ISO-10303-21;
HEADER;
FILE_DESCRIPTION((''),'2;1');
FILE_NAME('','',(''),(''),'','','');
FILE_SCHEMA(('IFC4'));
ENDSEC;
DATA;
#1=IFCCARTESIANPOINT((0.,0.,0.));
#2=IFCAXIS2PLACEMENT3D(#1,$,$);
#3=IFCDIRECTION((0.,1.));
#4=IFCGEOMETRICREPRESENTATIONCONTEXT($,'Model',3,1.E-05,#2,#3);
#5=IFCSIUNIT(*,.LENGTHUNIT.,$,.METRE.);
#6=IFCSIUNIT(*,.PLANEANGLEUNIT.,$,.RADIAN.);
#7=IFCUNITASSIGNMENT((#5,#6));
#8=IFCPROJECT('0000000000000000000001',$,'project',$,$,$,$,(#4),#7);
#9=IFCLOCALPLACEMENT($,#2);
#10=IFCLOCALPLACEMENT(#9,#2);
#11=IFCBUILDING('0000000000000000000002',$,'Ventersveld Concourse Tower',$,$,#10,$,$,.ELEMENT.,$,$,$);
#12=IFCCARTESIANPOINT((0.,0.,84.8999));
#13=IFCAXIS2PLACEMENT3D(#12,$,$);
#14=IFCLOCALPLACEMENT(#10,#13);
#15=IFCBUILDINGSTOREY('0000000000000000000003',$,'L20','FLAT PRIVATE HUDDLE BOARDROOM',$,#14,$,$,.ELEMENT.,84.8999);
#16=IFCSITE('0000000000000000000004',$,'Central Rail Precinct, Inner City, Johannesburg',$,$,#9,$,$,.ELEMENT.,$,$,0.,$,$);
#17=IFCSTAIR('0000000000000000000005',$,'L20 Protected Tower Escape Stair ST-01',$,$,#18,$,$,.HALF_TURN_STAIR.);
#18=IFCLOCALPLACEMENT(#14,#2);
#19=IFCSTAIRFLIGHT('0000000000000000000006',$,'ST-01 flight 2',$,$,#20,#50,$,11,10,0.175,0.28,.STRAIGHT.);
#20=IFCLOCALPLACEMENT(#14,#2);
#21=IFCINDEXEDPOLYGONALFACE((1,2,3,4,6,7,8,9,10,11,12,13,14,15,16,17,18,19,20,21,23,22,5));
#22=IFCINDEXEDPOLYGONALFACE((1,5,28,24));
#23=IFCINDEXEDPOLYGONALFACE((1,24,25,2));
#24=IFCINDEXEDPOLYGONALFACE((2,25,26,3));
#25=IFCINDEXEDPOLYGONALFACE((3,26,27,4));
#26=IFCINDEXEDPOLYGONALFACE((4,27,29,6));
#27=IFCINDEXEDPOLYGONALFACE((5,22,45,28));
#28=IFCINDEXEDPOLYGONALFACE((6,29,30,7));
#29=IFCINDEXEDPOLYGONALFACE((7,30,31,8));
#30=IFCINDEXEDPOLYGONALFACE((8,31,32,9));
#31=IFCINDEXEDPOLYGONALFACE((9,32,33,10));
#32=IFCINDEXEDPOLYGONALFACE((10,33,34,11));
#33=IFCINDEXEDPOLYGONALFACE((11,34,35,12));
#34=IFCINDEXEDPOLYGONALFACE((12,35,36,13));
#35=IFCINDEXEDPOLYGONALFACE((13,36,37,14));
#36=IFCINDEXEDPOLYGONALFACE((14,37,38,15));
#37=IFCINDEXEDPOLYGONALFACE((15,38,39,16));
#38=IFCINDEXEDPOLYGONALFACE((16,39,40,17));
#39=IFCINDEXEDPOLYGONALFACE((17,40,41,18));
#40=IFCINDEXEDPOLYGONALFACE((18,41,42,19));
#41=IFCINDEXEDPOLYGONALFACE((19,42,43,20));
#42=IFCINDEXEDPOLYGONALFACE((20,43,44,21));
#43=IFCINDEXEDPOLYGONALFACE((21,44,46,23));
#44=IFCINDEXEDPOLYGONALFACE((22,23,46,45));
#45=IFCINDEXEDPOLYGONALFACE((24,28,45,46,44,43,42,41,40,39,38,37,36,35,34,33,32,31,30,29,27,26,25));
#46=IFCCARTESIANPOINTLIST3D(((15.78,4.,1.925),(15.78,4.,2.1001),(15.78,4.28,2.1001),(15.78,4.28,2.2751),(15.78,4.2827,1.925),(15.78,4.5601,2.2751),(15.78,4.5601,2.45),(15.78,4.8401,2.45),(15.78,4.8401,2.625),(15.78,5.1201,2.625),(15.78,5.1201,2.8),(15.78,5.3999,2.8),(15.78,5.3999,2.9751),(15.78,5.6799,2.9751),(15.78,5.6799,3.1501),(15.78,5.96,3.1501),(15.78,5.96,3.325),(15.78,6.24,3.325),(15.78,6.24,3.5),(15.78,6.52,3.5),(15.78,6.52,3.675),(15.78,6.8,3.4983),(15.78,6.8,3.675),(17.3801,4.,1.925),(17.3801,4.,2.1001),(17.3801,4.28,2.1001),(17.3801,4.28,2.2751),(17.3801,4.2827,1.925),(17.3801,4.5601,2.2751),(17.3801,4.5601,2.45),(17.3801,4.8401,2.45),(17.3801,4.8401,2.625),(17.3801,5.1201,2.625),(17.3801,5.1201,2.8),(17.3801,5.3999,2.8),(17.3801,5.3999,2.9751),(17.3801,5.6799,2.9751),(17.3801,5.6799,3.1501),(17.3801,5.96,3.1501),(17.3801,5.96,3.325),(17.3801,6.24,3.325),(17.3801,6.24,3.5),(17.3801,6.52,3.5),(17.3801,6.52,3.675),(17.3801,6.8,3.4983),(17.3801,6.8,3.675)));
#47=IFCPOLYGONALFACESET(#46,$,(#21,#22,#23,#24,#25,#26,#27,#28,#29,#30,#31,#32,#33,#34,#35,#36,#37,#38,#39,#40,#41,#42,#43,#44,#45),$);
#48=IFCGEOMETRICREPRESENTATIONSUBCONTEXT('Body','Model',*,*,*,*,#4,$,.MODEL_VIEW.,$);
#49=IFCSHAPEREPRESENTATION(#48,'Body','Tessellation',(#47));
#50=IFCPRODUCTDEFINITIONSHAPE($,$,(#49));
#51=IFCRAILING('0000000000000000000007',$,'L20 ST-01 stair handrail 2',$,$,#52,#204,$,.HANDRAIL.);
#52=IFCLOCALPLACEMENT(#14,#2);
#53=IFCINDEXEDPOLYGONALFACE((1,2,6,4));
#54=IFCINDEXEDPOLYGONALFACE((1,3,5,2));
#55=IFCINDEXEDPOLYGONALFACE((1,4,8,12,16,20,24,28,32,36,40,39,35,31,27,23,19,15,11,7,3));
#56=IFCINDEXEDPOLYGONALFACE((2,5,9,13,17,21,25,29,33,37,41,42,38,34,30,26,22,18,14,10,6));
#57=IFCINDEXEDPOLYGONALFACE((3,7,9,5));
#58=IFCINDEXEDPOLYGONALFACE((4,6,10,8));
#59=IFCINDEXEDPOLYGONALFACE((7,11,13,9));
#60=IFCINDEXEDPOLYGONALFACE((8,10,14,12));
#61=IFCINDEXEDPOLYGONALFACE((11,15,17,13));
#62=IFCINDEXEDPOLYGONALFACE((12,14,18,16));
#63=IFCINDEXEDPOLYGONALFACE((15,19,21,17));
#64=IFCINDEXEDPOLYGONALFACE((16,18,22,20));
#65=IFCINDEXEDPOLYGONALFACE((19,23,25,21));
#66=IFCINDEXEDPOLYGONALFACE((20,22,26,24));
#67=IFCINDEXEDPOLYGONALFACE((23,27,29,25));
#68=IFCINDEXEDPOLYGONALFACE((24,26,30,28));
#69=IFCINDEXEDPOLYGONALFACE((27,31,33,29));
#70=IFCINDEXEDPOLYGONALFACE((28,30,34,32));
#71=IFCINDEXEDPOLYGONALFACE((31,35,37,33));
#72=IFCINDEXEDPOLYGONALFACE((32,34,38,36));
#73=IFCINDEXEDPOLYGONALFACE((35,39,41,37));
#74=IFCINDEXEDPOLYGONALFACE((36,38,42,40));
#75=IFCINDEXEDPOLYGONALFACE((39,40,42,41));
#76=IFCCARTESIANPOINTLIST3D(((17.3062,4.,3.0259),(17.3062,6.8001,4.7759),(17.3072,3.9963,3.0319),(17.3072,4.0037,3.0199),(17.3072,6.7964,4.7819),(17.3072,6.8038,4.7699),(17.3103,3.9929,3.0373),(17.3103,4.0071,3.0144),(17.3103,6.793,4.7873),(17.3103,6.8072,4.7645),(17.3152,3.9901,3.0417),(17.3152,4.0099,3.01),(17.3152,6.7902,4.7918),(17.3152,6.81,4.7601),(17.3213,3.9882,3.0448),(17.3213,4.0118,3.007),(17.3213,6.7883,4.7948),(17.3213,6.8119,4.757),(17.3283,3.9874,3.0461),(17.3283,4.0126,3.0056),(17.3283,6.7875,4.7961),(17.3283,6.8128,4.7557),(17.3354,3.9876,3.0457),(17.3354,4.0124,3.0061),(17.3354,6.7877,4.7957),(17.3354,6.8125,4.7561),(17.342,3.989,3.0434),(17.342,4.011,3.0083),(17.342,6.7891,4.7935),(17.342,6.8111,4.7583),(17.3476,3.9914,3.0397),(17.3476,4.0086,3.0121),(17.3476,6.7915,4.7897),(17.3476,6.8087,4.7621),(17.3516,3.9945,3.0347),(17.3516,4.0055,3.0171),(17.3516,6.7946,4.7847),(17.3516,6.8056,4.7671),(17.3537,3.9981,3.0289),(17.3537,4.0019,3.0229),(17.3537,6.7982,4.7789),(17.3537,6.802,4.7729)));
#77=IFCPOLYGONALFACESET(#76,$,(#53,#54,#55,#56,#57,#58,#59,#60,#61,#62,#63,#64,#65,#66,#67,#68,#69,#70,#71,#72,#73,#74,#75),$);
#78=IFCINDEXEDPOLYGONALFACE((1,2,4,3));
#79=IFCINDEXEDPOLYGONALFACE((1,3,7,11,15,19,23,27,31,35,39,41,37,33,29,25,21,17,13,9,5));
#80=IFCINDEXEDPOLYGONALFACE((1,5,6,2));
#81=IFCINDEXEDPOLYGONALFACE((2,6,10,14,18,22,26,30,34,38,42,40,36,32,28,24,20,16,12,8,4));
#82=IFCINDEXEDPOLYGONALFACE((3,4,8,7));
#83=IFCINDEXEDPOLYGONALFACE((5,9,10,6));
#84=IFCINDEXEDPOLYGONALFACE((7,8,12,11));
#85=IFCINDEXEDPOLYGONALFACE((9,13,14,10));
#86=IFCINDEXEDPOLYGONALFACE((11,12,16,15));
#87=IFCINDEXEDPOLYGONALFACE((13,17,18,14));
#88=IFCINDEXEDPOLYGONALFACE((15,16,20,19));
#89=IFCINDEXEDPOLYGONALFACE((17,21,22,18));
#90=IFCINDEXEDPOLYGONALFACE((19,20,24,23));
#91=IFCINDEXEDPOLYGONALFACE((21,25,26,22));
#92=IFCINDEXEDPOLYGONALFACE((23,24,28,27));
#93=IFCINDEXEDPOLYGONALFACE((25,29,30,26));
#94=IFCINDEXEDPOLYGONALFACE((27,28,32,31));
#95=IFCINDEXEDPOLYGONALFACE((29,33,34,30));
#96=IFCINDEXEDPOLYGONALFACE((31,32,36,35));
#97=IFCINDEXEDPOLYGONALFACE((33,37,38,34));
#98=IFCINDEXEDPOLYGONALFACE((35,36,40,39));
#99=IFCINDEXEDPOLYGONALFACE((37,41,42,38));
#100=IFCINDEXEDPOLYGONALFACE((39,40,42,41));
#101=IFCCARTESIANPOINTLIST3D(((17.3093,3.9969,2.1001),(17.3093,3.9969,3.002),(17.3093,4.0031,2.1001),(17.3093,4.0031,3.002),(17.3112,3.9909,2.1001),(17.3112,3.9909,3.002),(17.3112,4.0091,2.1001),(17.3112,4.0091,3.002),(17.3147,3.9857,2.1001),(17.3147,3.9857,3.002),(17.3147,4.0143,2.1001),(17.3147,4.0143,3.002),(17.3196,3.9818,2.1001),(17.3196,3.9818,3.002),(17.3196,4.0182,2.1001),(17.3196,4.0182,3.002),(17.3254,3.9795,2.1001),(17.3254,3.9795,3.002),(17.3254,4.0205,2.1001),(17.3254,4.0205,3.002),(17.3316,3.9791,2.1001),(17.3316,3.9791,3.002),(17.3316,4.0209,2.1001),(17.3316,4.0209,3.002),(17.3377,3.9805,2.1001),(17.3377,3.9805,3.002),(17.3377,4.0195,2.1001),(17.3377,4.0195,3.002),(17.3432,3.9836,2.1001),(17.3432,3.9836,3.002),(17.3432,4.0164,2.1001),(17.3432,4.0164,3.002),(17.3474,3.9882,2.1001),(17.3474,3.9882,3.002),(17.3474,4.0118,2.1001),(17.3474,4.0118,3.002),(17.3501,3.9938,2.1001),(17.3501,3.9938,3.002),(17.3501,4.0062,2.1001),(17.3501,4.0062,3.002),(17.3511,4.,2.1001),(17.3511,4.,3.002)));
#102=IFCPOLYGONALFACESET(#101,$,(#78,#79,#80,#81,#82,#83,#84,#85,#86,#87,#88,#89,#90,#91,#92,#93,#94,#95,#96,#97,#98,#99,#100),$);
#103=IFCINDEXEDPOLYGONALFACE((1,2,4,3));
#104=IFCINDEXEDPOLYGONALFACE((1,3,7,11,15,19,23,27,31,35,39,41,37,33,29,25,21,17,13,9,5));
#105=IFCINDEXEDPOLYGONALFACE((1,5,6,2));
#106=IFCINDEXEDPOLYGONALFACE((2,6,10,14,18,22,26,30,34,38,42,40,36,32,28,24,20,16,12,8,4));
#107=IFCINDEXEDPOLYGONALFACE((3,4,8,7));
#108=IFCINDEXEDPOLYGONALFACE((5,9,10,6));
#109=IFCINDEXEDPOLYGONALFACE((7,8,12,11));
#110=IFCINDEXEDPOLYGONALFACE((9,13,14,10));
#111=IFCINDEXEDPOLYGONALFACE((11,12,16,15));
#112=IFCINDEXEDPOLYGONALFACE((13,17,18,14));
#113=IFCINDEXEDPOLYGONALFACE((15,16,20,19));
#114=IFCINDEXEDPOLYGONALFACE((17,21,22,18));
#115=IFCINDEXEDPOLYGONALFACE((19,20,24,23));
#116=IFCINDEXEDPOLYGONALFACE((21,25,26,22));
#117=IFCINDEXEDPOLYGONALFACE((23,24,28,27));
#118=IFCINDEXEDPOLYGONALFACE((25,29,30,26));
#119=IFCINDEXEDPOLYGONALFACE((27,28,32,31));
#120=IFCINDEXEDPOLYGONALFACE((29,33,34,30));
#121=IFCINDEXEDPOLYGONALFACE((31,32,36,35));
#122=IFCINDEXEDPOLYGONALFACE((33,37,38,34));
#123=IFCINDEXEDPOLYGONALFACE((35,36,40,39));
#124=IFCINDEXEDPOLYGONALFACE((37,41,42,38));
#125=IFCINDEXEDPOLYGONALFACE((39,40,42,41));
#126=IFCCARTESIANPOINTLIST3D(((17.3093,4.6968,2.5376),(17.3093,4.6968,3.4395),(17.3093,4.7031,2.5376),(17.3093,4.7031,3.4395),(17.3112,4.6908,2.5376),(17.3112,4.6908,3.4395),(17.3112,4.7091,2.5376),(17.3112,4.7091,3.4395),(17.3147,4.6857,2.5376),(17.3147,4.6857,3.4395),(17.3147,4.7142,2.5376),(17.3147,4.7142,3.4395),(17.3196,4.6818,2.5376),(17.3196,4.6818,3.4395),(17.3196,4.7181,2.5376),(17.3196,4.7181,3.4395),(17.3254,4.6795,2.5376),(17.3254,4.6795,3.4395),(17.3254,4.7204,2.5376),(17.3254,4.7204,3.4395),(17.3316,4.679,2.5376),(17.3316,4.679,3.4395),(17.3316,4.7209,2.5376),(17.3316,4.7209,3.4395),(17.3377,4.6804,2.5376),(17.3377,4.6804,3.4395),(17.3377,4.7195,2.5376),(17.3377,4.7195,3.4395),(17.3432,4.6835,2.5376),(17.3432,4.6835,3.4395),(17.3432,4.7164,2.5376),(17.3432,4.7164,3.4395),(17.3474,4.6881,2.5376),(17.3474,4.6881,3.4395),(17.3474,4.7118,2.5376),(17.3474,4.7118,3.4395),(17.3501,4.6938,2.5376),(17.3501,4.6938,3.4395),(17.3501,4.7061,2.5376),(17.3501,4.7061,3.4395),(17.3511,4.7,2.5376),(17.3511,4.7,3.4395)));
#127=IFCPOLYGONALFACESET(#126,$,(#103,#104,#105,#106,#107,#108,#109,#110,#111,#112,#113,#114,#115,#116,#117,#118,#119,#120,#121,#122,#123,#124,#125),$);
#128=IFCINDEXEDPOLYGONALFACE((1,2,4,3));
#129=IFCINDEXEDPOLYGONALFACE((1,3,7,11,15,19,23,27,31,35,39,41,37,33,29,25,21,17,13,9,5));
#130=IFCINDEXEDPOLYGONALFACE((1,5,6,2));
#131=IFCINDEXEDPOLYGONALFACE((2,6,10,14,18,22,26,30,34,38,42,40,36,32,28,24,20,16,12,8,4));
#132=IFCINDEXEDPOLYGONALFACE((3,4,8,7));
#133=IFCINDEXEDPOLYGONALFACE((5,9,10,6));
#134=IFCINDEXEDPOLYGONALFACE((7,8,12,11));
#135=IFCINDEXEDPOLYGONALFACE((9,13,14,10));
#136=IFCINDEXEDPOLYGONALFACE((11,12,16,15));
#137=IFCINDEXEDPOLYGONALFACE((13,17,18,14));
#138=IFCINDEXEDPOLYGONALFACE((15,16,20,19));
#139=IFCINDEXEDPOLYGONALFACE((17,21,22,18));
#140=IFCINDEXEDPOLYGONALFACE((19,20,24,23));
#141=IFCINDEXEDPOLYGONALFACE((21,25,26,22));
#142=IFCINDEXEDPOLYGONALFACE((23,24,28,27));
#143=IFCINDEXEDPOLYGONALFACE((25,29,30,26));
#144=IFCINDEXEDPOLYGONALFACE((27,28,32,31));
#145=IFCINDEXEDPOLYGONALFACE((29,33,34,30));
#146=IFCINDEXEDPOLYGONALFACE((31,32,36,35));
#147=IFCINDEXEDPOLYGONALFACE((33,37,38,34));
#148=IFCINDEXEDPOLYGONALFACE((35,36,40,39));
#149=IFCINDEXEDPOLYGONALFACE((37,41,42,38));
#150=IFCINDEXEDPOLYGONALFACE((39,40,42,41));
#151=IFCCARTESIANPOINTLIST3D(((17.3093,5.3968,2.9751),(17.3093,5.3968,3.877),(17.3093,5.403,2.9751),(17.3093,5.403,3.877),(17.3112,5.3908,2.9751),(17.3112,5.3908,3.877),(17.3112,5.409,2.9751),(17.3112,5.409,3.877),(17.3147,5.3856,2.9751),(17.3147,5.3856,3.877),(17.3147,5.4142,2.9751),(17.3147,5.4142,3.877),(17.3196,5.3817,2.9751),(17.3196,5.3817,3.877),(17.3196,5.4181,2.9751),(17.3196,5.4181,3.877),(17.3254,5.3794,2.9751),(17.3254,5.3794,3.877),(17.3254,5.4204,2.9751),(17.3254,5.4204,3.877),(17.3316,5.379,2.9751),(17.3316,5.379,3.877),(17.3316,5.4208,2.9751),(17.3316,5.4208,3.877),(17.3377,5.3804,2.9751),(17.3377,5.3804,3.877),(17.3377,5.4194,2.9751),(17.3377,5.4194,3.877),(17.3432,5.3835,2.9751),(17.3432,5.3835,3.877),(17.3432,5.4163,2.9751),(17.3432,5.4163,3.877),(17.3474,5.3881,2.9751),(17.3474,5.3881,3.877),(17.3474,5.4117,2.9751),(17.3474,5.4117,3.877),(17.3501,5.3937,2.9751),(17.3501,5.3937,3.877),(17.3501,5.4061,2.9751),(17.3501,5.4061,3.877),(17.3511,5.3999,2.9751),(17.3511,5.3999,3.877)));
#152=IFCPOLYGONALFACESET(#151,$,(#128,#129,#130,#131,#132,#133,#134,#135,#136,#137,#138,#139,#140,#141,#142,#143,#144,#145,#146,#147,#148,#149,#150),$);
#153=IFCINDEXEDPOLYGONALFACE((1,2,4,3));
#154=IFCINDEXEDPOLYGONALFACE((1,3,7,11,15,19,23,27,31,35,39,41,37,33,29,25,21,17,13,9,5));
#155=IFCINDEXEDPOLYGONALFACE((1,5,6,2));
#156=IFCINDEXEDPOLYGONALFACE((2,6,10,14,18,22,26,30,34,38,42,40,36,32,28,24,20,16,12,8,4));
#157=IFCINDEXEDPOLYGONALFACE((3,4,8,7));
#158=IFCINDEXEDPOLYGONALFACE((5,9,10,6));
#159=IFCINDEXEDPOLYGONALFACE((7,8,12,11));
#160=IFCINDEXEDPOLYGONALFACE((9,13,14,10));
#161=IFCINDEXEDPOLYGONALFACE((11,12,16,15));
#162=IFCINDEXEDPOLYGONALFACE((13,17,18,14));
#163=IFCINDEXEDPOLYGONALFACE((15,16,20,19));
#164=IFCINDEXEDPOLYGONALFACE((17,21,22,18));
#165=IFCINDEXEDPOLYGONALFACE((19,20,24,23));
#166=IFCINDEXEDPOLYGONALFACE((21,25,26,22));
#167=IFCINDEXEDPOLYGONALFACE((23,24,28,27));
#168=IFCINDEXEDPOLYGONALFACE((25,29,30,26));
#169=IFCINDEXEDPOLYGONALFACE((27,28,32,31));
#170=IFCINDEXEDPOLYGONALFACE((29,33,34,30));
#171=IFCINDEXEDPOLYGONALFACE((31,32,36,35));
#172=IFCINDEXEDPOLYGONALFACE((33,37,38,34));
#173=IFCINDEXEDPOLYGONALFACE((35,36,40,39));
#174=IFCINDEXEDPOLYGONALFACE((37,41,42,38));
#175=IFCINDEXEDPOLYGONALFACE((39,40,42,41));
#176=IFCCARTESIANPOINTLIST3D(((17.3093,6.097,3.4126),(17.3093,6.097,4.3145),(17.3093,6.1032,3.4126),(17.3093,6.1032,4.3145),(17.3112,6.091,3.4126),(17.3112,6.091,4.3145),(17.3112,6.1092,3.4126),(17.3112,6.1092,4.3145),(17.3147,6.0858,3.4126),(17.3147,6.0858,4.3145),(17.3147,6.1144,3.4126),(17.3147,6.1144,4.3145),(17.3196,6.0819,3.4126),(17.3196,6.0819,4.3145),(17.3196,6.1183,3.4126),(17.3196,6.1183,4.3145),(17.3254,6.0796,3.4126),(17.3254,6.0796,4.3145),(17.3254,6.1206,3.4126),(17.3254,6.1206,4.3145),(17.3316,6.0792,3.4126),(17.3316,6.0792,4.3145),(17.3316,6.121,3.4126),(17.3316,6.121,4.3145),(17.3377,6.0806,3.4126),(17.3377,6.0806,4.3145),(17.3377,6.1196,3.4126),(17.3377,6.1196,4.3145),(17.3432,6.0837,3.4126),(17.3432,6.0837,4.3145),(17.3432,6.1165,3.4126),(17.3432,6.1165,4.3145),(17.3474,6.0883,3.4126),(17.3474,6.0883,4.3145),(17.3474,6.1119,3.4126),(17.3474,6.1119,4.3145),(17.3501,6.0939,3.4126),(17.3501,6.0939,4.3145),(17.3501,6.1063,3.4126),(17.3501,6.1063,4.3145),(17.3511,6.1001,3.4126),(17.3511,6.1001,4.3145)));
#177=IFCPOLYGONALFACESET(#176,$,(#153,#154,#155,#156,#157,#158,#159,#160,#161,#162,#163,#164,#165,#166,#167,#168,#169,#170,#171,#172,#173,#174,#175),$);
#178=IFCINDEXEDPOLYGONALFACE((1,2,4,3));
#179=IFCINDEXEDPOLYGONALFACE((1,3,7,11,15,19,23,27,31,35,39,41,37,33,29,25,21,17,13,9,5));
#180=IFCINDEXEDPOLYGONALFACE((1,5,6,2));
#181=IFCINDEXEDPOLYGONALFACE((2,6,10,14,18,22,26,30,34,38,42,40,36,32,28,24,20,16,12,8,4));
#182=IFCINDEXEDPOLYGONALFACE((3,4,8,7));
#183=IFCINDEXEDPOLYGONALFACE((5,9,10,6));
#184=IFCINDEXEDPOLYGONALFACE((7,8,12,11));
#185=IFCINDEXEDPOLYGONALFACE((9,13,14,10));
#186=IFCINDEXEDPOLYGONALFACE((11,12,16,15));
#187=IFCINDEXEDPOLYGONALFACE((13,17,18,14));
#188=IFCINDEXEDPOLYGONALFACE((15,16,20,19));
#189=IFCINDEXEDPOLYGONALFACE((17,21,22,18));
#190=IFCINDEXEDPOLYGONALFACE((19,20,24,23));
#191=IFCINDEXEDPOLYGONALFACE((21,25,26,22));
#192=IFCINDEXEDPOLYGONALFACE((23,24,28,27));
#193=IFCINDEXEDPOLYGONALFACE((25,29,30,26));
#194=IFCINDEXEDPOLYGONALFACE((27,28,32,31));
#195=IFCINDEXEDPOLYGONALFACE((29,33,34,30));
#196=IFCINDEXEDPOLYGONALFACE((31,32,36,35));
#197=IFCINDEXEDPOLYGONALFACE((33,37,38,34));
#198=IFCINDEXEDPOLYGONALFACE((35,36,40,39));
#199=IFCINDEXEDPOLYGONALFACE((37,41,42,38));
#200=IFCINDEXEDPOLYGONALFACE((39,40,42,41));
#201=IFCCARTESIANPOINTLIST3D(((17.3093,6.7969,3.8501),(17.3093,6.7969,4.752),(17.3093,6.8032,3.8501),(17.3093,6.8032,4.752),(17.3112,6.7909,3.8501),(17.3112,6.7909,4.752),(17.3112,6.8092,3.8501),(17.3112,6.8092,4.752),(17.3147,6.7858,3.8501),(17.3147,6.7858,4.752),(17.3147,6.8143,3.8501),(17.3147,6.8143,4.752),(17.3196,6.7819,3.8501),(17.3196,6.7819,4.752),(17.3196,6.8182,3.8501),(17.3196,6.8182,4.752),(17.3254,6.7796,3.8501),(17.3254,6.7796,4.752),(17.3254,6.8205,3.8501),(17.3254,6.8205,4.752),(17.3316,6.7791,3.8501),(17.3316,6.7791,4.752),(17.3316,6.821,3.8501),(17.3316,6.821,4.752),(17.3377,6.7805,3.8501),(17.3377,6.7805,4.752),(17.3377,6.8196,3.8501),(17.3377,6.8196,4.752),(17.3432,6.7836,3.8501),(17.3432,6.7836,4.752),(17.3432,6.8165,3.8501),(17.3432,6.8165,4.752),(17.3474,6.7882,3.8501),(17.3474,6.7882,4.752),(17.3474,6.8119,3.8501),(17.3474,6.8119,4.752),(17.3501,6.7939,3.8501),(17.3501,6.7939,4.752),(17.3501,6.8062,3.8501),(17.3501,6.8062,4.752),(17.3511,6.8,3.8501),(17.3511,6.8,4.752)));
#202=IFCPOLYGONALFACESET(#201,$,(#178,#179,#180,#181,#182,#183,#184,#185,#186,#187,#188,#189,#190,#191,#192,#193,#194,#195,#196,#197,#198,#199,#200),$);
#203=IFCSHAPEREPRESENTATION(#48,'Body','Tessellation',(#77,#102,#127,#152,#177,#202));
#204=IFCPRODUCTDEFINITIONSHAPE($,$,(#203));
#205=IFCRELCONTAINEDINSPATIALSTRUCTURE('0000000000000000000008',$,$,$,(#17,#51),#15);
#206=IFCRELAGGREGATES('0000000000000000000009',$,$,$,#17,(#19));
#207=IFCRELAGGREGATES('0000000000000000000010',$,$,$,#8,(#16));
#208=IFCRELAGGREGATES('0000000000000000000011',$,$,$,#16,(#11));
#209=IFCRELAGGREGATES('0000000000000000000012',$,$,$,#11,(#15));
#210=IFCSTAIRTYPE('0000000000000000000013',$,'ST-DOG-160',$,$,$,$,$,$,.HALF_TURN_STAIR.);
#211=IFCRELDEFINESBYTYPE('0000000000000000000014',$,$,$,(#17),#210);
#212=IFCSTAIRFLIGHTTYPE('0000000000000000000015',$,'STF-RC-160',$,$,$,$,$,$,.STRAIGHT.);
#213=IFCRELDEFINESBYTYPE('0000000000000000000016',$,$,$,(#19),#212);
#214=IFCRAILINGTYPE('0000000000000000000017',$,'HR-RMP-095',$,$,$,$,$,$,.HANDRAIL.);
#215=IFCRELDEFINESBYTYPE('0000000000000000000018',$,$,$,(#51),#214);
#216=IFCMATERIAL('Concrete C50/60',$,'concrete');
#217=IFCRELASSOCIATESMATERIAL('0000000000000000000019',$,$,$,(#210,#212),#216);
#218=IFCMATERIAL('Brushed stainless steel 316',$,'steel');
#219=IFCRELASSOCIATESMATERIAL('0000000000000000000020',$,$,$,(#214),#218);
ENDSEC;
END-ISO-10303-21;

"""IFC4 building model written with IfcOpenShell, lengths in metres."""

from ifc_helpers import new_model, si_unit, direction, frame, origin, origin_2d, place, context, subcontext, project, spatial, polyline, circle, outline, extrude, material, type_object, element, aggregate, save


model = new_model("IFC4")

# Units and contexts
model_context = context("Model", 3, precision=1e-05, world=origin(), true_north=direction((0.0, 1.0)))
body_context = subcontext(model_context, "Body", "Model", "MODEL_VIEW")
ifc_project = project(units=[si_unit("LENGTHUNIT", "METRE"), si_unit("PLANEANGLEUNIT", "RADIAN")], contexts=[model_context])

# Site, building, storey
site_placement = place(None, origin())
site = spatial("IfcSite", under=ifc_project, at=site_placement, Name="Central Rail Precinct, Inner City, Johannesburg", CompositionType="ELEMENT", RefElevation=0.0)
building_placement = place(site_placement, origin())
building = spatial("IfcBuilding", under=site, at=building_placement, Name="Ventersveld Concourse Tower", CompositionType="ELEMENT")
storey_placement = place(building_placement, frame((0.0, 0.0, 84.8999)))
storey = spatial("IfcBuildingStorey", under=building, at=storey_placement, Name="L20", Description="FLAT PRIVATE HUDDLE BOARDROOM", CompositionType="ELEMENT", Elevation=84.8999)

# Shared definitions
ifc_material_1 = material(Name="Concrete C50/60", Category="concrete")

# Shared definitions
ifc_material_2 = material(Name="Brushed stainless steel 316", Category="steel")

# Stair, stair flight
stair_type = type_object("IfcStairType", Name="ST-DOG-160", PredefinedType="HALF_TURN_STAIR", material=ifc_material_1)
stair_placement = place(storey_placement, origin())
stair = element("IfcStair", 1, at=stair_placement, inside=storey, type_object=stair_type, Name="L20 Protected Tower Escape Stair ST-01", PredefinedType="HALF_TURN_STAIR")
stair_flight_type = type_object("IfcStairFlightType", Name="STF-RC-160", PredefinedType="STRAIGHT", material=ifc_material_1)
stair_flight_placement = place(storey_placement, frame((16.5801, 4.0, 1.925), z_axis=(0.0, 0.0, 1.0), x_axis=(0.0, 1.0, 0.0)))
stair_flight = element("IfcStairFlight", 2, at=stair_flight_placement, type_object=stair_flight_type, Name="ST-01 flight 2", NumberOfRisers=11, NumberOfTreads=10, PredefinedType="STRAIGHT", RiserHeight=0.175, TreadLength=0.28, context=body_context, shape_type="SweptSolid", body=[
    extrude(outline(polyline([(0.0, 0.0), (0.0, 0.175), (0.28, 0.175), (0.28, 0.3501), (0.5601, 0.3501), (0.5601, 0.5249), (0.8401, 0.5249), (0.8401, 0.7), (1.1201, 0.7), (1.1201, 0.875), (1.3999, 0.875), (1.3999, 1.05), (1.6799, 1.05), (1.6799, 1.2251), (1.96, 1.2251), (1.96, 1.3999), (2.24, 1.3999), (2.24, 1.575), (2.52, 1.575), (2.52, 1.75), (2.8, 1.75), (2.8, 1.925), (2.8, 1.5732), (0.2827, 0.0), (0.0, 0.0)])), frame((0.0, 0.8, 0.0), z_axis=(0.0, -1.0, 0.0), x_axis=(1.0, 0.0, 0.0)), (0.0, 0.0, 1.0), 1.6001),
])
aggregate(stair, [stair_flight])

# Railing
railing_type = type_object("IfcRailingType", Name="HR-RMP-095", PredefinedType="HANDRAIL", material=ifc_material_2)
railing_placement = place(storey_placement, frame((17.3301, 4.0, 2.1001)))
element("IfcRailing", 3, at=railing_placement, inside=storey, type_object=railing_type, Name="L20 ST-01 stair handrail 2", PredefinedType="HANDRAIL", context=body_context, shape_type="SweptSolid", body=[
    extrude(circle(Radius=0.0239, at=origin_2d()), frame((0.0, 0.0, 0.9258), z_axis=(0.0, 0.848002, 0.529992), x_axis=(-1.0, 0.0, 0.0)), (0.0, 0.0, 1.0), 3.302),
    extrude(circle(Radius=0.021, at=origin_2d()), origin(), (0.0, 0.0, 1.0), 0.9019),
    extrude(circle(Radius=0.021, at=origin_2d()), frame((0.0, 0.7, 0.4375)), (0.0, 0.0, 1.0), 0.9019),
    extrude(circle(Radius=0.021, at=origin_2d()), frame((0.0, 1.3999, 0.875)), (0.0, 0.0, 1.0), 0.9019),
    extrude(circle(Radius=0.021, at=origin_2d()), frame((0.0, 2.1001, 1.3125)), (0.0, 0.0, 1.0), 0.9019),
    extrude(circle(Radius=0.021, at=origin_2d()), frame((0.0, 2.8, 1.75)), (0.0, 0.0, 1.0), 0.9019),
])

save(model, "model.ifc")
